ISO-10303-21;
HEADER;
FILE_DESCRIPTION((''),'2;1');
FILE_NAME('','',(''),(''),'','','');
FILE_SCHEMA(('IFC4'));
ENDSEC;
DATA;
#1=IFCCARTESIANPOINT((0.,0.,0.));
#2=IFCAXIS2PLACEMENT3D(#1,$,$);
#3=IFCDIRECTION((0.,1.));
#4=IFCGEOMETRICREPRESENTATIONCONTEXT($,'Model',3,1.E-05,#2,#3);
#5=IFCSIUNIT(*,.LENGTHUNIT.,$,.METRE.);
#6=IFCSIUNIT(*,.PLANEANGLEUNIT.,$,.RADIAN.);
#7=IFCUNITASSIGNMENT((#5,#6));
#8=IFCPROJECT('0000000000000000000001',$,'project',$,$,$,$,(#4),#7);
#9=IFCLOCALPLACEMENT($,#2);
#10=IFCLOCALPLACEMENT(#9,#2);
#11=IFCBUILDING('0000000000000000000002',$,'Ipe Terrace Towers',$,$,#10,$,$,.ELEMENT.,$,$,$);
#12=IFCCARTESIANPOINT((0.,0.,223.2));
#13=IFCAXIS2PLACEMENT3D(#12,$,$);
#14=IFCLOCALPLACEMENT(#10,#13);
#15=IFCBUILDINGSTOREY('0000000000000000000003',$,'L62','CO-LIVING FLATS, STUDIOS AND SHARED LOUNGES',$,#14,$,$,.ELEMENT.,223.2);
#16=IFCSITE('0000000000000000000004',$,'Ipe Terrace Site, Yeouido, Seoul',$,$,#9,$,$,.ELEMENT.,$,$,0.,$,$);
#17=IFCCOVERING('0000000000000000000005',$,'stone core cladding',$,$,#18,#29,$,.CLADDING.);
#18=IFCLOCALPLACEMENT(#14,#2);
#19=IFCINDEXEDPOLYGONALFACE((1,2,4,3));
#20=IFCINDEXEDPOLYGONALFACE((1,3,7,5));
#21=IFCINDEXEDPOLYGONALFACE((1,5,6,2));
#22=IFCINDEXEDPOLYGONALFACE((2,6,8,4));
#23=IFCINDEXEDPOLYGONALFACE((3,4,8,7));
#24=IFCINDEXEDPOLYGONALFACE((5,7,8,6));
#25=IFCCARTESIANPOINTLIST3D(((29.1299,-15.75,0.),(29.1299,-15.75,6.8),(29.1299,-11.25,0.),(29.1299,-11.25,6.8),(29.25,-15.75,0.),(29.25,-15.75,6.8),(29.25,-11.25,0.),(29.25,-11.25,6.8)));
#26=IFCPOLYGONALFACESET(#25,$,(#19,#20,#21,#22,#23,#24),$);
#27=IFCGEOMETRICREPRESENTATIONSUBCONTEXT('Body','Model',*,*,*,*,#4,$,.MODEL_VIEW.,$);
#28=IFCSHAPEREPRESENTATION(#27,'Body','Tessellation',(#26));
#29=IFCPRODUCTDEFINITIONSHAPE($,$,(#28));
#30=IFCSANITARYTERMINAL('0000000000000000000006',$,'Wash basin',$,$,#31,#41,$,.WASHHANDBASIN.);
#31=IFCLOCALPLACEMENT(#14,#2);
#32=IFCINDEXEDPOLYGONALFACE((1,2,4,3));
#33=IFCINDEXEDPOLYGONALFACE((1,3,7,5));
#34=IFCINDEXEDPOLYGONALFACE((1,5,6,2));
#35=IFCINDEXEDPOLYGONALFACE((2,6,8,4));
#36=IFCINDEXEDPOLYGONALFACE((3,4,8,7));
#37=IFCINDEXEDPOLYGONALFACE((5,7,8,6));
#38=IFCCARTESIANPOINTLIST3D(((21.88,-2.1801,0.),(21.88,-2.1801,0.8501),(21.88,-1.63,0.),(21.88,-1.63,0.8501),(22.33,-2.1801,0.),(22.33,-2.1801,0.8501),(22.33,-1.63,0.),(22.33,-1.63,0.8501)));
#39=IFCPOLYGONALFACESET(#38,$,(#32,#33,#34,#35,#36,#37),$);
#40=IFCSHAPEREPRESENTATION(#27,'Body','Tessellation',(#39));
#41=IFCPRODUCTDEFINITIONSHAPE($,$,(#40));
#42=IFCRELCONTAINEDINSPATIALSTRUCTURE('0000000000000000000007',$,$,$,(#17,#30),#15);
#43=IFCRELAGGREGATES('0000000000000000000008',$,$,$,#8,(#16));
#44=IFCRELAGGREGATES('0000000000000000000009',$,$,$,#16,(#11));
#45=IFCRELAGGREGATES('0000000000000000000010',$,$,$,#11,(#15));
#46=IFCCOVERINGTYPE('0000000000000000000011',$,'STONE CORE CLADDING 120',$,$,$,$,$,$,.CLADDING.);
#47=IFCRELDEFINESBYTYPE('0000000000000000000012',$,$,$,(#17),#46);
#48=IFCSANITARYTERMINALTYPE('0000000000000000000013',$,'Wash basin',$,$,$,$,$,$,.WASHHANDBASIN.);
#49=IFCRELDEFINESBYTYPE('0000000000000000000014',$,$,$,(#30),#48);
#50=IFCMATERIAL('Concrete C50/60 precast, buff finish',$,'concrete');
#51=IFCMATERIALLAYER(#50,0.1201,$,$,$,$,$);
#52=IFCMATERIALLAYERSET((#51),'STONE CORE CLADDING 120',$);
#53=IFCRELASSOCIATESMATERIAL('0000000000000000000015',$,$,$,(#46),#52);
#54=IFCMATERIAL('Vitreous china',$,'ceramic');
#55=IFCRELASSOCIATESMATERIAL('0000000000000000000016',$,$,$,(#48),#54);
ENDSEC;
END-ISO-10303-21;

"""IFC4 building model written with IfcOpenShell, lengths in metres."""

from ifc_helpers import new_model, si_unit, direction, frame, origin, origin_2d, place, context, subcontext, project, spatial, rectangle, extrude, material, layer, layer_set, type_object, element, save


model = new_model("IFC4")

# Units and contexts
model_context = context("Model", 3, precision=1e-05, world=origin(), true_north=direction((0.0, 1.0)))
body_context = subcontext(model_context, "Body", "Model", "MODEL_VIEW")
ifc_project = project(units=[si_unit("LENGTHUNIT", "METRE"), si_unit("PLANEANGLEUNIT", "RADIAN")], contexts=[model_context])

# Site, building, storey
site_placement = place(None, origin())
site = spatial("IfcSite", under=ifc_project, at=site_placement, Name="Ipe Terrace Site, Yeouido, Seoul", CompositionType="ELEMENT", RefElevation=0.0)
building_placement = place(site_placement, origin())
building = spatial("IfcBuilding", under=site, at=building_placement, Name="Ipe Terrace Towers", CompositionType="ELEMENT")
storey_placement = place(building_placement, frame((0.0, 0.0, 223.2)))
storey = spatial("IfcBuildingStorey", under=building, at=storey_placement, Name="L62", Description="CO-LIVING FLATS, STUDIOS AND SHARED LOUNGES", CompositionType="ELEMENT", Elevation=223.2)

# Covering
ifc_material_1 = material(Name="Concrete C50/60 precast, buff finish", Category="concrete")
ifc_layer_1 = layer(ifc_material_1, 0.1201)
ifc_layer_set_1 = layer_set([ifc_layer_1], Name="STONE CORE CLADDING 120")
covering_type = type_object("IfcCoveringType", Name="STONE CORE CLADDING 120", PredefinedType="CLADDING", material=ifc_layer_set_1)
covering_placement = place(storey_placement, frame((29.1899, -13.5, 0.0), z_axis=(0.0, 0.0, 1.0), x_axis=(0.0, -1.0, 0.0)))
element("IfcCovering", 1, at=covering_placement, inside=storey, type_object=covering_type, Name="stone core cladding", PredefinedType="CLADDING", context=body_context, shape_type="SweptSolid", body=[
    extrude(rectangle(XDim=4.5, YDim=0.1201, at=origin_2d()), origin(), (0.0, 0.0, 1.0), 6.8),
])

# Sanitary terminal
ifc_material_2 = material(Name="Vitreous china", Category="ceramic")
sanitary_terminal_type = type_object("IfcSanitaryTerminalType", Name="Wash basin", PredefinedType="WASHHANDBASIN", material=ifc_material_2)
sanitary_terminal_placement = place(storey_placement, frame((22.105, -1.905, 0.0), z_axis=(0.0, 0.0, 1.0), x_axis=(0.0, 1.0, 0.0)))
element("IfcSanitaryTerminal", 2, at=sanitary_terminal_placement, inside=storey, type_object=sanitary_terminal_type, Name="Wash basin", PredefinedType="WASHHANDBASIN", context=body_context, shape_type="SweptSolid", body=[
    extrude(rectangle(XDim=0.55, YDim=0.45, at=origin_2d()), origin(), (0.0, 0.0, 1.0), 0.8501),
])

save(model, "model.ifc")
